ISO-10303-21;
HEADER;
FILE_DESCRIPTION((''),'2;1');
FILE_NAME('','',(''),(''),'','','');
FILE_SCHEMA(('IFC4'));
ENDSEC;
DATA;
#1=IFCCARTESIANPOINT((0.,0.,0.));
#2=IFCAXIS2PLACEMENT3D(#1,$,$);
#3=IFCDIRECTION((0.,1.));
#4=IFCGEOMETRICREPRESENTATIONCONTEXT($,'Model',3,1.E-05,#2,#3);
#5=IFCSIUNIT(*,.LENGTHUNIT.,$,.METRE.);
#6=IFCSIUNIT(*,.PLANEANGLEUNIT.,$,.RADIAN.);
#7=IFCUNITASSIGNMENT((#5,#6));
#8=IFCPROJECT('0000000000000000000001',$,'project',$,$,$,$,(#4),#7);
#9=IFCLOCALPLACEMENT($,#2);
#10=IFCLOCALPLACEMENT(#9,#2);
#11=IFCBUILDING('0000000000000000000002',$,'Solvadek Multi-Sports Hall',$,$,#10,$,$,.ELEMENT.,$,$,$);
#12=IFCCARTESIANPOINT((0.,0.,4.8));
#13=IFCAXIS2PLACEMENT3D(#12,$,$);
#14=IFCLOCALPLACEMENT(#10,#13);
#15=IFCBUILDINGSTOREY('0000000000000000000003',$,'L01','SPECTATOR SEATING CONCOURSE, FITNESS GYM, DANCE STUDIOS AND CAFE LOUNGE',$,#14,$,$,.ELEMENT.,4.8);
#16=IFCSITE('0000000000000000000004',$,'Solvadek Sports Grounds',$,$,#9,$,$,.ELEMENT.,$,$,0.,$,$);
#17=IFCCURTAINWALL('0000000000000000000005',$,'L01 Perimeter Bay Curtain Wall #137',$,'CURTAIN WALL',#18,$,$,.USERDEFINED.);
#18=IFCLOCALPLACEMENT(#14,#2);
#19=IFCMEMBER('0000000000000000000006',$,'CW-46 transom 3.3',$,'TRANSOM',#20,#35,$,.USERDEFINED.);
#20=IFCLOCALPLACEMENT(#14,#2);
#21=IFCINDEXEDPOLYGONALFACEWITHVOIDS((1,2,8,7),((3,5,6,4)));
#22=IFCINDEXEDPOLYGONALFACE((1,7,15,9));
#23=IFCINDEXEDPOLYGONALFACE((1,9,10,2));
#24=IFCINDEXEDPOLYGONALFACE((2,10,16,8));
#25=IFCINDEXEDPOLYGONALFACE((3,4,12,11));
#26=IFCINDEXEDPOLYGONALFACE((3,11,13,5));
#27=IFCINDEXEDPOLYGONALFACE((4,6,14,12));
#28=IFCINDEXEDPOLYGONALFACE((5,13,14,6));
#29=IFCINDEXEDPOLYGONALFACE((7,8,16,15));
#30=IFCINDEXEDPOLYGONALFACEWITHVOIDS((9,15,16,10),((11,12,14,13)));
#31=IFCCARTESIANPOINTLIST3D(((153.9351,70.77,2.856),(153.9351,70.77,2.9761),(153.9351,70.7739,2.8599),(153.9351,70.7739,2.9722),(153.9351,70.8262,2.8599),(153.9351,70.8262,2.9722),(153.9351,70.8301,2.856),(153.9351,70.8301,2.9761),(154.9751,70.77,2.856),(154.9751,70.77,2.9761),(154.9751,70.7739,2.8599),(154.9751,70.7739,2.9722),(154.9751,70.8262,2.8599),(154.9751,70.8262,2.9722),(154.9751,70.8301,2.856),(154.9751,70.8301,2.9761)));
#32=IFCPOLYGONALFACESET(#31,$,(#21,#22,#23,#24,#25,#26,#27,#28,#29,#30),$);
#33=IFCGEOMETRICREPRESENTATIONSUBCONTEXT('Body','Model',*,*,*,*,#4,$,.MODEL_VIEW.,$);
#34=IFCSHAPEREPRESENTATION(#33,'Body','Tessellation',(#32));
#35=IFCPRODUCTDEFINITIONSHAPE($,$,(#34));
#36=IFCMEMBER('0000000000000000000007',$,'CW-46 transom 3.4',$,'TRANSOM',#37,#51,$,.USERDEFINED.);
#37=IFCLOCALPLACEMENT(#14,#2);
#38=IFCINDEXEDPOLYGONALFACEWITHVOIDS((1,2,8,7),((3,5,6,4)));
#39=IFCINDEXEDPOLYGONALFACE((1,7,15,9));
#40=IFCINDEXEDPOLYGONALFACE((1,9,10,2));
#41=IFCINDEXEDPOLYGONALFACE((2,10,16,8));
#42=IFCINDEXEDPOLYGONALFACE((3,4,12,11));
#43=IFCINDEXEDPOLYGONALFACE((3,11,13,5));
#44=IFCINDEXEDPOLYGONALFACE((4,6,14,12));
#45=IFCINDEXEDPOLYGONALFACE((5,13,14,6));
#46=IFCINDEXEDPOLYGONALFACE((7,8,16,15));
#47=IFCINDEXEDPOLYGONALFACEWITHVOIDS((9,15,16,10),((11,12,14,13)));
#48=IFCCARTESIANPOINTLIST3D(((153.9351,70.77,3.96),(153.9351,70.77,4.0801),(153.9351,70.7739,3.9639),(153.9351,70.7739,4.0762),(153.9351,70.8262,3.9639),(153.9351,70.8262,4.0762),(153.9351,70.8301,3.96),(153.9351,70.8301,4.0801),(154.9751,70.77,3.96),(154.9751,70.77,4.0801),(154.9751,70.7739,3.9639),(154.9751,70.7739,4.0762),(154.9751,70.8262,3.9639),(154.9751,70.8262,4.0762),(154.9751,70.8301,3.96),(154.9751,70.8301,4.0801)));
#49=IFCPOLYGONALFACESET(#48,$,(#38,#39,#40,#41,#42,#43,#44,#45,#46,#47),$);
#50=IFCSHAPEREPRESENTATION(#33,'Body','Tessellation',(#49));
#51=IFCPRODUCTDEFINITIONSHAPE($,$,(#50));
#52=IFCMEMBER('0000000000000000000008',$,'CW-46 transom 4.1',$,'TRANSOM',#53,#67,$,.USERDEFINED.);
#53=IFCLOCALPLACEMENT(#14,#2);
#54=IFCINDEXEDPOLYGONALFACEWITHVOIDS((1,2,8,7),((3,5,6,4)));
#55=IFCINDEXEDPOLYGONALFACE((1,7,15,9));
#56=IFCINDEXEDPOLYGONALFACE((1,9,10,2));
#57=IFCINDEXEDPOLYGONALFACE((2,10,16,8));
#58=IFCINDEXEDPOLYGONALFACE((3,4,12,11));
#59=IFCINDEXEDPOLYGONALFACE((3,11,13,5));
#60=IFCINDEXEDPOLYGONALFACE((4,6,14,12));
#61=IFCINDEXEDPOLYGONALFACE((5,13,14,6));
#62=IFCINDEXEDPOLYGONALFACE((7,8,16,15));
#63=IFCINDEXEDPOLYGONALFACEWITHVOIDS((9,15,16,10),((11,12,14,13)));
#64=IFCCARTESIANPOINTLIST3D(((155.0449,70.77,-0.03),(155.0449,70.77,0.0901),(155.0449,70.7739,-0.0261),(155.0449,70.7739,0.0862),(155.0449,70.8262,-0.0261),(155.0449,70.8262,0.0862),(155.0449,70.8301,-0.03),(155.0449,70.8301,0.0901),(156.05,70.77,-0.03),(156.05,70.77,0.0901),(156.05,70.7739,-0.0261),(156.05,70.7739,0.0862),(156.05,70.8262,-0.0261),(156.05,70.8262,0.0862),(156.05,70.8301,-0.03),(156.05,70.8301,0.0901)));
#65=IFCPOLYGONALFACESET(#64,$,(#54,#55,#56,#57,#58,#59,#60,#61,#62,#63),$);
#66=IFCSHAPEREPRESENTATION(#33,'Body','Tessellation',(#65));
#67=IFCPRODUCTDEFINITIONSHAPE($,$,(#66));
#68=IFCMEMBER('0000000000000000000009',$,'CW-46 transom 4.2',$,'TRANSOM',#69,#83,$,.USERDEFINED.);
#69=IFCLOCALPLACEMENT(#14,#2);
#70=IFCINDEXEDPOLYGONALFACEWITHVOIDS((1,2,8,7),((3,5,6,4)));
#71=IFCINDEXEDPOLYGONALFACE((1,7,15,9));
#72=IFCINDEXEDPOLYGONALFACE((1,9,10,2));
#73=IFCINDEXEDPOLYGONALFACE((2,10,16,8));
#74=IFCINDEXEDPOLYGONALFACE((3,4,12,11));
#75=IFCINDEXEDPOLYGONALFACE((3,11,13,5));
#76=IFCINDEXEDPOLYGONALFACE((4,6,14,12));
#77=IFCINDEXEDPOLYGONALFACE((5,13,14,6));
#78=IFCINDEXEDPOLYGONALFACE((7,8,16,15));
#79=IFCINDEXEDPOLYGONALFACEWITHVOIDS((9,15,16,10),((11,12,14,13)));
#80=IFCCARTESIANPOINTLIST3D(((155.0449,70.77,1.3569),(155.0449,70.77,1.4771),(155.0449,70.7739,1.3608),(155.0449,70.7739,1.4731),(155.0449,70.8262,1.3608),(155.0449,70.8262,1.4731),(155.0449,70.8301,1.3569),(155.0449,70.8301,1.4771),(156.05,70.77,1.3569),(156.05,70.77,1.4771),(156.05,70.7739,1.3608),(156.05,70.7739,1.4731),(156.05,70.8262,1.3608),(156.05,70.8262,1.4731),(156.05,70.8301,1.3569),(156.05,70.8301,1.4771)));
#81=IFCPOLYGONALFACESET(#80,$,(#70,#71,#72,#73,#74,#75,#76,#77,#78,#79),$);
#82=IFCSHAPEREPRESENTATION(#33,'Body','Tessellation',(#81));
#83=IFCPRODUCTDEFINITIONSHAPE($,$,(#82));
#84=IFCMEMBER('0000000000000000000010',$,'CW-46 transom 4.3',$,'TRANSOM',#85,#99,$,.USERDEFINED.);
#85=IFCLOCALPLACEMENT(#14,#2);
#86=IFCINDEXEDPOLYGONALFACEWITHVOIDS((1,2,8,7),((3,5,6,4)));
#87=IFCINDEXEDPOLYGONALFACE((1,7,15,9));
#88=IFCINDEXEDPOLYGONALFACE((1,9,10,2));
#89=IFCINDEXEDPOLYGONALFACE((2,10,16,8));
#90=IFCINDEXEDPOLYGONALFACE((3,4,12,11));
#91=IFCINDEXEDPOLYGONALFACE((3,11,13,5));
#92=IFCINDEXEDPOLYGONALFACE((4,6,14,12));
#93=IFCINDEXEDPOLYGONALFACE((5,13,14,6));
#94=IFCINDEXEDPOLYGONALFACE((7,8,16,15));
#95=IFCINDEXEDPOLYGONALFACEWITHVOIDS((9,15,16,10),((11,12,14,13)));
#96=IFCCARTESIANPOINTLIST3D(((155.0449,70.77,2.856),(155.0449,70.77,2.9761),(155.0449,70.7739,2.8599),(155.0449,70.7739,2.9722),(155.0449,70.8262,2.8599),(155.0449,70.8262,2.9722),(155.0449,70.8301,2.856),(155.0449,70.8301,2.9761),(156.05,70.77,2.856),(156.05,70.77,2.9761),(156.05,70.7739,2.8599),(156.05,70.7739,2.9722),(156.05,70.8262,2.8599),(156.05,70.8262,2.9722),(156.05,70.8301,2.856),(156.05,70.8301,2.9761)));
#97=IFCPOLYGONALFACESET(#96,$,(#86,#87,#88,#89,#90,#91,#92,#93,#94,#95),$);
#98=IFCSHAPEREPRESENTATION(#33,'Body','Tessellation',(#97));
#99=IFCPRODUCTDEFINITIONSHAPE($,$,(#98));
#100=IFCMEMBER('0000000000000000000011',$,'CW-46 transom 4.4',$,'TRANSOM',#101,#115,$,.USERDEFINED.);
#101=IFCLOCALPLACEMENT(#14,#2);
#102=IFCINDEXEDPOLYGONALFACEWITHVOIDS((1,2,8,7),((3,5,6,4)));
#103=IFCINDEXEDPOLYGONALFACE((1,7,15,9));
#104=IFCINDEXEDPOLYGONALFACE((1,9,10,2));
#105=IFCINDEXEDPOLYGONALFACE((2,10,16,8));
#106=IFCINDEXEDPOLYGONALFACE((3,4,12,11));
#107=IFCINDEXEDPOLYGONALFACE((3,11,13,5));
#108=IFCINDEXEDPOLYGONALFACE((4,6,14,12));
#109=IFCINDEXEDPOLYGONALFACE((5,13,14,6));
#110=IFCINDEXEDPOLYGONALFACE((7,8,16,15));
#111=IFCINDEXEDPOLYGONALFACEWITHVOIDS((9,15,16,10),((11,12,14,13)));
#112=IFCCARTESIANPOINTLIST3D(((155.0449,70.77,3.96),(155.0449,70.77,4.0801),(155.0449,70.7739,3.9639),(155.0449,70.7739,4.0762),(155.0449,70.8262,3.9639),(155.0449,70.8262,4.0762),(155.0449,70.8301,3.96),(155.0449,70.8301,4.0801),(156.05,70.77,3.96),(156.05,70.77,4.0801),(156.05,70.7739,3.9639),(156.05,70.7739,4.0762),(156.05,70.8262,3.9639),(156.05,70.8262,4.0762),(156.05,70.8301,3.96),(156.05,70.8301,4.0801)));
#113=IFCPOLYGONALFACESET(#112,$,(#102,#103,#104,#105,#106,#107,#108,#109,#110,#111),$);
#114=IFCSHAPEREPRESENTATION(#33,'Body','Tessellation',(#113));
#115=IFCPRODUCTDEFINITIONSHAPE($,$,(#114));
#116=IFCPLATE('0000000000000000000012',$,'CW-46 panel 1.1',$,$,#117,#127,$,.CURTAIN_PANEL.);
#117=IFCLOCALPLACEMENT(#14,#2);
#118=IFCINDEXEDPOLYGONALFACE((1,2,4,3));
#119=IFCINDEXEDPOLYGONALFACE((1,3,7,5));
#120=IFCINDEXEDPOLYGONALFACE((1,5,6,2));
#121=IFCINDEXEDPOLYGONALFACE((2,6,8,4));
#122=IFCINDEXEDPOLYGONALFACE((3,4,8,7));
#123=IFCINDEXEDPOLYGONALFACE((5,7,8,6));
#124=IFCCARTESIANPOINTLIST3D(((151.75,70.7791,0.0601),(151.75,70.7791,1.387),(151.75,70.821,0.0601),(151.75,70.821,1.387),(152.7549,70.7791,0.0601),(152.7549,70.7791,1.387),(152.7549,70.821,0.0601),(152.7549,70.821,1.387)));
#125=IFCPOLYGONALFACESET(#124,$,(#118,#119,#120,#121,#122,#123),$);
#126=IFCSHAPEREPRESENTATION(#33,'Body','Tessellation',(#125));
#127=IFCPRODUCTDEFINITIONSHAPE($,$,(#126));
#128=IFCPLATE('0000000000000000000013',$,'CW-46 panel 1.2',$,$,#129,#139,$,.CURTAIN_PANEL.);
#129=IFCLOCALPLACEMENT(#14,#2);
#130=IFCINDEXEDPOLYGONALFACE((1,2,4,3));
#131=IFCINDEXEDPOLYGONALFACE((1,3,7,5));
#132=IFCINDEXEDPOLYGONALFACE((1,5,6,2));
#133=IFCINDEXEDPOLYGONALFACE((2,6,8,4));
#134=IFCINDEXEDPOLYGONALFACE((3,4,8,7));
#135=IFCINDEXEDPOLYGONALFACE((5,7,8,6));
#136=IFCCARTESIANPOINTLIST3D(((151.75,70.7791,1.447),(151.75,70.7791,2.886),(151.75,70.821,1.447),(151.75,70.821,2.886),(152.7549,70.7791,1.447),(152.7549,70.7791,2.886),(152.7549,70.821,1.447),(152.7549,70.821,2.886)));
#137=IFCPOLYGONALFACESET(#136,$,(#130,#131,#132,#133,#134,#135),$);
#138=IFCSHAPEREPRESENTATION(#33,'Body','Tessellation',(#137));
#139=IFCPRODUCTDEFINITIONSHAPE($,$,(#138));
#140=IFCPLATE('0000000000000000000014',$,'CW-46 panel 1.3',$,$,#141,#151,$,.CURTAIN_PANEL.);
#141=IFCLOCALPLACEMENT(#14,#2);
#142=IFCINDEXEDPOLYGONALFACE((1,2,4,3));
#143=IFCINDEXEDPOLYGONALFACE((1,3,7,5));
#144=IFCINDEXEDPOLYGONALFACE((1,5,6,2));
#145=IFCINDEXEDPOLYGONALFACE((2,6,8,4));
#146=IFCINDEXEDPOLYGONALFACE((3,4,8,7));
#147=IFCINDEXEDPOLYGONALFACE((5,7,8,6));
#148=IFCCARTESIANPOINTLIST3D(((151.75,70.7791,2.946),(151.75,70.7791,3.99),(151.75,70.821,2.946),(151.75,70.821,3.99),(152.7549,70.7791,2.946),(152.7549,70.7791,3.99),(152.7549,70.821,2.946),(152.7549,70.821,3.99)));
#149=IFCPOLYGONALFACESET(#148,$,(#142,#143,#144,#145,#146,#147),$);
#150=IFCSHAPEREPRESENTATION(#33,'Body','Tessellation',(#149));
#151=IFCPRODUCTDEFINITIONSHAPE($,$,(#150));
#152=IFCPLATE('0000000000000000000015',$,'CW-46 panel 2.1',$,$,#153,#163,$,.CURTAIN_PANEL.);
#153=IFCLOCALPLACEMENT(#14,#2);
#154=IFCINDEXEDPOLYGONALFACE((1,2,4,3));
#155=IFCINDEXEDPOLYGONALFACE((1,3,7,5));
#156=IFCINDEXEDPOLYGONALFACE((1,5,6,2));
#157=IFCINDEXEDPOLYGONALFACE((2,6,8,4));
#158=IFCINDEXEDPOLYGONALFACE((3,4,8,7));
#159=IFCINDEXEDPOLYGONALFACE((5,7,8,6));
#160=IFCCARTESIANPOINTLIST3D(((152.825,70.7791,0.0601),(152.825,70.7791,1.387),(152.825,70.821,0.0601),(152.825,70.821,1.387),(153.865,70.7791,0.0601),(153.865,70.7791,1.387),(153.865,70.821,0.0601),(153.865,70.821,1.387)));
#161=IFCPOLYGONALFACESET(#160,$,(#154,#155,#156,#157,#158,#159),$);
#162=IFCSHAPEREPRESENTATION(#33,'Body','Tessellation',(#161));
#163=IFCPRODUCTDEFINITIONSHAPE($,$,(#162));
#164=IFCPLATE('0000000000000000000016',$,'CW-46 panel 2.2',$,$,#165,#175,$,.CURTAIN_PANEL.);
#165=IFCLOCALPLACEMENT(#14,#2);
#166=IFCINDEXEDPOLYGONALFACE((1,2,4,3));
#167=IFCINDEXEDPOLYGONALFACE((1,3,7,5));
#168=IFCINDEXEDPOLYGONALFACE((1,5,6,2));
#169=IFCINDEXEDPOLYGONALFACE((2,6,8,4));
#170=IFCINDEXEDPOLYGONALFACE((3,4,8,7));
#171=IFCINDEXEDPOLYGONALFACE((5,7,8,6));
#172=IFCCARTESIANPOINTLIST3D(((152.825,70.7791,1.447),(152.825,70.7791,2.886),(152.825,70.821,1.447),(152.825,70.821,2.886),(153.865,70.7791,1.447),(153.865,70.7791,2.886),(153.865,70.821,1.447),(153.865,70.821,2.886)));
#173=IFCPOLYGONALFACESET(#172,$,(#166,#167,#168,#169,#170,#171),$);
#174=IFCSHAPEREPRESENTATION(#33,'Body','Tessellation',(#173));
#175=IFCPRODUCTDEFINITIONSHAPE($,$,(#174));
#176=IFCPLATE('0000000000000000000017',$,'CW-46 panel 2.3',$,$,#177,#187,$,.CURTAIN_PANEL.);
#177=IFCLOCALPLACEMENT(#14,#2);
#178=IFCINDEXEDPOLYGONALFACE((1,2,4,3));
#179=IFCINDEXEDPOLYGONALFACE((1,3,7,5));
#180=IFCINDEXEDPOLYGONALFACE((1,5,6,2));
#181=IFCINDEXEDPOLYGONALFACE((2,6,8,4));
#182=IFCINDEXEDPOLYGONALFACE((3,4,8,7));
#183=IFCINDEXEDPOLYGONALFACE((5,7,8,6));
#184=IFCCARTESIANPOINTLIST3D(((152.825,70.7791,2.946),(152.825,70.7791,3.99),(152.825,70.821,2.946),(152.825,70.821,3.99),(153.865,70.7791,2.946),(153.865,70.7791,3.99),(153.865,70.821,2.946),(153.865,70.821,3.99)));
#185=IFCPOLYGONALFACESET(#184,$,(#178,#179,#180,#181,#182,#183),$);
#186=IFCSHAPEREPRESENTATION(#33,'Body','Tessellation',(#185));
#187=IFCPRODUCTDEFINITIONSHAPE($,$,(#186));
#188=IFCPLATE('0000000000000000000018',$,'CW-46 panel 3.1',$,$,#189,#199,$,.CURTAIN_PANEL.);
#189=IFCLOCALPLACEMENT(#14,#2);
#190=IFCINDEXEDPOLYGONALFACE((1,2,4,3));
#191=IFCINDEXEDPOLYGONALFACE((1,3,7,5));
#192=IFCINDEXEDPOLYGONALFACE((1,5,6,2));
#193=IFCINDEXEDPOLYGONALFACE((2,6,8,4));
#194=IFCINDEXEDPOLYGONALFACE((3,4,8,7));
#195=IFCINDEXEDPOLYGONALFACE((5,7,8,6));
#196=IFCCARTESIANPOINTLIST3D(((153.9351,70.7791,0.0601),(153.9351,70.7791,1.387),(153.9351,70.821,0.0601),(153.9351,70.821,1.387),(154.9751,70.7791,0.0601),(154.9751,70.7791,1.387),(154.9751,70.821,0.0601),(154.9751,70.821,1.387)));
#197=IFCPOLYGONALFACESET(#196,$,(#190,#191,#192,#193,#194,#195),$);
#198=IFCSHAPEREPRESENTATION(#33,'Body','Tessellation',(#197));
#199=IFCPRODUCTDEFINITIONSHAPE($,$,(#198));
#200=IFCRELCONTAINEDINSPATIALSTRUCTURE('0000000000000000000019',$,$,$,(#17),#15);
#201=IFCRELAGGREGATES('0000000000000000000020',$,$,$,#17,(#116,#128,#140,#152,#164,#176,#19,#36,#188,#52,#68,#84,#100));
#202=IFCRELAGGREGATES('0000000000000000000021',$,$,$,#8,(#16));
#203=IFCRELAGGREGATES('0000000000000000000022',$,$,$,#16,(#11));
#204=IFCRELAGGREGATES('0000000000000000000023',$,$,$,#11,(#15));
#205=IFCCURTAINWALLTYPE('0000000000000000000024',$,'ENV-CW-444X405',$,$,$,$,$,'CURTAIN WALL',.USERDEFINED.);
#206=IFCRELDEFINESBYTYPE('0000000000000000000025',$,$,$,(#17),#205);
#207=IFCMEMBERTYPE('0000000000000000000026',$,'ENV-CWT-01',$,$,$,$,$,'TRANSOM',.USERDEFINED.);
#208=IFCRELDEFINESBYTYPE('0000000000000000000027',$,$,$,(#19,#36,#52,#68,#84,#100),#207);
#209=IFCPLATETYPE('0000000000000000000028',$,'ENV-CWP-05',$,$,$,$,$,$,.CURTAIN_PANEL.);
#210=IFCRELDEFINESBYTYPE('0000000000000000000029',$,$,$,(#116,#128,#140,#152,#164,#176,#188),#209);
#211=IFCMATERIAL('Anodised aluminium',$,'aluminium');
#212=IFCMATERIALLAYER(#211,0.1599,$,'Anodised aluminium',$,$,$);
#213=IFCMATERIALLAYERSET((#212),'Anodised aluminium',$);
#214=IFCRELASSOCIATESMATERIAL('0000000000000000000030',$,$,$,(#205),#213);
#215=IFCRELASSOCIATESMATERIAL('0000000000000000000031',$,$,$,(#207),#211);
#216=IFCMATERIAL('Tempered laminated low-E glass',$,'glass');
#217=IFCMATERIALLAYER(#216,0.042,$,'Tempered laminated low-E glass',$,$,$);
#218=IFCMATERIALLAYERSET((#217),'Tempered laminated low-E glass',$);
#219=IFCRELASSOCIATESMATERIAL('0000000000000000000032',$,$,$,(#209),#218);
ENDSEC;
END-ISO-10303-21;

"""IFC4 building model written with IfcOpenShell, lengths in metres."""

from ifc_helpers import new_model, si_unit, direction, frame, origin, origin_2d, place, context, subcontext, project, spatial, rectangle, hollow_rectangle, extrude, material, layer, layer_set, material_profile, profile_set, type_object, element, aggregate, save


model = new_model("IFC4")

# Units and contexts
model_context = context("Model", 3, precision=1e-05, world=origin(), true_north=direction((0.0, 1.0)))
body_context = subcontext(model_context, "Body", "Model", "MODEL_VIEW")
ifc_project = project(units=[si_unit("LENGTHUNIT", "METRE"), si_unit("PLANEANGLEUNIT", "RADIAN")], contexts=[model_context])

# Site, building, storey
site_placement = place(None, origin())
site = spatial("IfcSite", under=ifc_project, at=site_placement, Name="Solvadek Sports Grounds", CompositionType="ELEMENT", RefElevation=0.0)
building_placement = place(site_placement, origin())
building = spatial("IfcBuilding", under=site, at=building_placement, Name="Solvadek Multi-Sports Hall", CompositionType="ELEMENT")
storey_placement = place(building_placement, frame((0.0, 0.0, 4.8)))
storey = spatial("IfcBuildingStorey", under=building, at=storey_placement, Name="L01", Description="SPECTATOR SEATING CONCOURSE, FITNESS GYM, DANCE STUDIOS AND CAFE LOUNGE", CompositionType="ELEMENT", Elevation=4.8)

# Curtain wall, members, plates
ifc_material_1 = material(Name="Anodised aluminium", Category="aluminium")
ifc_layer_1 = layer(ifc_material_1, 0.1599, Name="Anodised aluminium")
ifc_layer_set_1 = layer_set([ifc_layer_1], Name="Anodised aluminium")
curtain_wall_type = type_object("IfcCurtainWallType", Name="ENV-CW-444X405", ElementType="CURTAIN WALL", PredefinedType="USERDEFINED", material=ifc_layer_set_1)
curtain_wall_placement = place(storey_placement, origin())
curtain_wall = element("IfcCurtainWall", 1, at=curtain_wall_placement, inside=storey, type_object=curtain_wall_type, Name="L01 Perimeter Bay Curtain Wall #137", ObjectType="CURTAIN WALL", PredefinedType="USERDEFINED")
ifc_material_profile_1 = material_profile(ifc_material_1, hollow_rectangle(XDim=0.0601, YDim=0.1201, WallThickness=0.0039, at=origin_2d()), Name="ALU-T 120x60x4")
ifc_profile_set_1 = profile_set([ifc_material_profile_1], Name="Anodised aluminium")
member_type_1 = type_object("IfcMemberType", Name="ENV-CWT-01", ElementType="TRANSOM", PredefinedType="USERDEFINED", material=ifc_profile_set_1)
member_1_placement = place(storey_placement, frame((153.9351, 70.8, 2.916), z_axis=(1.0, 0.0, 0.0), x_axis=(0.0, 1.0, 0.0)))
member_1 = element("IfcMember", 2, at=member_1_placement, type_object=member_type_1, Name="CW-46 transom 3.3", ObjectType="TRANSOM", PredefinedType="USERDEFINED", context=body_context, shape_type="SweptSolid", body=[
    extrude(hollow_rectangle(XDim=0.0601, YDim=0.1201, WallThickness=0.0039, at=origin_2d()), origin(), (0.0, 0.0, 1.0), 1.04),
])
member_2_placement = place(storey_placement, frame((153.9351, 70.8, 4.02), z_axis=(1.0, 0.0, 0.0), x_axis=(0.0, 1.0, 0.0)))
member_2 = element("IfcMember", 3, at=member_2_placement, type_object=member_type_1, Name="CW-46 transom 3.4", ObjectType="TRANSOM", PredefinedType="USERDEFINED", context=body_context, shape_type="SweptSolid", body=[
    extrude(hollow_rectangle(XDim=0.0601, YDim=0.1201, WallThickness=0.0039, at=origin_2d()), origin(), (0.0, 0.0, 1.0), 1.04),
])
member_3_placement = place(storey_placement, frame((155.0449, 70.8, 0.03), z_axis=(1.0, 0.0, 0.0), x_axis=(0.0, 1.0, 0.0)))
member_3 = element("IfcMember", 4, at=member_3_placement, type_object=member_type_1, Name="CW-46 transom 4.1", ObjectType="TRANSOM", PredefinedType="USERDEFINED", context=body_context, shape_type="SweptSolid", body=[
    extrude(hollow_rectangle(XDim=0.0601, YDim=0.1201, WallThickness=0.0039, at=origin_2d()), origin(), (0.0, 0.0, 1.0), 1.0051),
])
member_4_placement = place(storey_placement, frame((155.0449, 70.8, 1.417), z_axis=(1.0, 0.0, 0.0), x_axis=(0.0, 1.0, 0.0)))
member_4 = element("IfcMember", 5, at=member_4_placement, type_object=member_type_1, Name="CW-46 transom 4.2", ObjectType="TRANSOM", PredefinedType="USERDEFINED", context=body_context, shape_type="SweptSolid", body=[
    extrude(hollow_rectangle(XDim=0.0601, YDim=0.1201, WallThickness=0.0039, at=origin_2d()), origin(), (0.0, 0.0, 1.0), 1.0051),
])
member_5_placement = place(storey_placement, frame((155.0449, 70.8, 2.916), z_axis=(1.0, 0.0, 0.0), x_axis=(0.0, 1.0, 0.0)))
member_5 = element("IfcMember", 6, at=member_5_placement, type_object=member_type_1, Name="CW-46 transom 4.3", ObjectType="TRANSOM", PredefinedType="USERDEFINED", context=body_context, shape_type="SweptSolid", body=[
    extrude(hollow_rectangle(XDim=0.0601, YDim=0.1201, WallThickness=0.0039, at=origin_2d()), origin(), (0.0, 0.0, 1.0), 1.0051),
])
member_6_placement = place(storey_placement, frame((155.0449, 70.8, 4.02), z_axis=(1.0, 0.0, 0.0), x_axis=(0.0, 1.0, 0.0)))
member_6 = element("IfcMember", 7, at=member_6_placement, type_object=member_type_1, Name="CW-46 transom 4.4", ObjectType="TRANSOM", PredefinedType="USERDEFINED", context=body_context, shape_type="SweptSolid", body=[
    extrude(hollow_rectangle(XDim=0.0601, YDim=0.1201, WallThickness=0.0039, at=origin_2d()), origin(), (0.0, 0.0, 1.0), 1.0051),
])
ifc_material_2 = material(Name="Tempered laminated low-E glass", Category="glass")
ifc_layer_2 = layer(ifc_material_2, 0.042, Name="Tempered laminated low-E glass")
ifc_layer_set_2 = layer_set([ifc_layer_2], Name="Tempered laminated low-E glass")
plate_type = type_object("IfcPlateType", Name="ENV-CWP-05", PredefinedType="CURTAIN_PANEL", material=ifc_layer_set_2)
plate_1_placement = place(storey_placement, frame((152.2524, 70.8, 0.0601), z_axis=(0.0, 0.0, 1.0), x_axis=(1.0, 0.0, 0.0)))
plate_1 = element("IfcPlate", 8, at=plate_1_placement, type_object=plate_type, Name="CW-46 panel 1.1", PredefinedType="CURTAIN_PANEL", context=body_context, shape_type="SweptSolid", body=[
    extrude(rectangle(XDim=1.0049, YDim=0.042, at=origin_2d()), origin(), (0.0, 0.0, 1.0), 1.3269),
])
plate_2_placement = place(storey_placement, frame((152.2524, 70.8, 1.447), z_axis=(0.0, 0.0, 1.0), x_axis=(1.0, 0.0, 0.0)))
plate_2 = element("IfcPlate", 9, at=plate_2_placement, type_object=plate_type, Name="CW-46 panel 1.2", PredefinedType="CURTAIN_PANEL", context=body_context, shape_type="SweptSolid", body=[
    extrude(rectangle(XDim=1.0049, YDim=0.042, at=origin_2d()), origin(), (0.0, 0.0, 1.0), 1.439),
])
plate_3_placement = place(storey_placement, frame((152.2524, 70.8, 2.946), z_axis=(0.0, 0.0, 1.0), x_axis=(1.0, 0.0, 0.0)))
plate_3 = element("IfcPlate", 10, at=plate_3_placement, type_object=plate_type, Name="CW-46 panel 1.3", PredefinedType="CURTAIN_PANEL", context=body_context, shape_type="SweptSolid", body=[
    extrude(rectangle(XDim=1.0049, YDim=0.042, at=origin_2d()), origin(), (0.0, 0.0, 1.0), 1.0439),
])
plate_4_placement = place(storey_placement, frame((153.345, 70.8, 0.0601), z_axis=(0.0, 0.0, 1.0), x_axis=(1.0, 0.0, 0.0)))
plate_4 = element("IfcPlate", 11, at=plate_4_placement, type_object=plate_type, Name="CW-46 panel 2.1", PredefinedType="CURTAIN_PANEL", context=body_context, shape_type="SweptSolid", body=[
    extrude(rectangle(XDim=1.04, YDim=0.042, at=origin_2d()), origin(), (0.0, 0.0, 1.0), 1.3269),
])
plate_5_placement = place(storey_placement, frame((153.345, 70.8, 1.447), z_axis=(0.0, 0.0, 1.0), x_axis=(1.0, 0.0, 0.0)))
plate_5 = element("IfcPlate", 12, at=plate_5_placement, type_object=plate_type, Name="CW-46 panel 2.2", PredefinedType="CURTAIN_PANEL", context=body_context, shape_type="SweptSolid", body=[
    extrude(rectangle(XDim=1.04, YDim=0.042, at=origin_2d()), origin(), (0.0, 0.0, 1.0), 1.439),
])
plate_6_placement = place(storey_placement, frame((153.345, 70.8, 2.946), z_axis=(0.0, 0.0, 1.0), x_axis=(1.0, 0.0, 0.0)))
plate_6 = element("IfcPlate", 13, at=plate_6_placement, type_object=plate_type, Name="CW-46 panel 2.3", PredefinedType="CURTAIN_PANEL", context=body_context, shape_type="SweptSolid", body=[
    extrude(rectangle(XDim=1.04, YDim=0.042, at=origin_2d()), origin(), (0.0, 0.0, 1.0), 1.0439),
])
plate_7_placement = place(storey_placement, frame((154.4551, 70.8, 0.0601), z_axis=(0.0, 0.0, 1.0), x_axis=(1.0, 0.0, 0.0)))
plate_7 = element("IfcPlate", 14, at=plate_7_placement, type_object=plate_type, Name="CW-46 panel 3.1", PredefinedType="CURTAIN_PANEL", context=body_context, shape_type="SweptSolid", body=[
    extrude(rectangle(XDim=1.04, YDim=0.042, at=origin_2d()), origin(), (0.0, 0.0, 1.0), 1.3269),
])
aggregate(curtain_wall, [plate_1, plate_2, plate_3, plate_4, plate_5, plate_6, member_1, member_2, plate_7, member_3, member_4, member_5, member_6])

save(model, "model.ifc")
